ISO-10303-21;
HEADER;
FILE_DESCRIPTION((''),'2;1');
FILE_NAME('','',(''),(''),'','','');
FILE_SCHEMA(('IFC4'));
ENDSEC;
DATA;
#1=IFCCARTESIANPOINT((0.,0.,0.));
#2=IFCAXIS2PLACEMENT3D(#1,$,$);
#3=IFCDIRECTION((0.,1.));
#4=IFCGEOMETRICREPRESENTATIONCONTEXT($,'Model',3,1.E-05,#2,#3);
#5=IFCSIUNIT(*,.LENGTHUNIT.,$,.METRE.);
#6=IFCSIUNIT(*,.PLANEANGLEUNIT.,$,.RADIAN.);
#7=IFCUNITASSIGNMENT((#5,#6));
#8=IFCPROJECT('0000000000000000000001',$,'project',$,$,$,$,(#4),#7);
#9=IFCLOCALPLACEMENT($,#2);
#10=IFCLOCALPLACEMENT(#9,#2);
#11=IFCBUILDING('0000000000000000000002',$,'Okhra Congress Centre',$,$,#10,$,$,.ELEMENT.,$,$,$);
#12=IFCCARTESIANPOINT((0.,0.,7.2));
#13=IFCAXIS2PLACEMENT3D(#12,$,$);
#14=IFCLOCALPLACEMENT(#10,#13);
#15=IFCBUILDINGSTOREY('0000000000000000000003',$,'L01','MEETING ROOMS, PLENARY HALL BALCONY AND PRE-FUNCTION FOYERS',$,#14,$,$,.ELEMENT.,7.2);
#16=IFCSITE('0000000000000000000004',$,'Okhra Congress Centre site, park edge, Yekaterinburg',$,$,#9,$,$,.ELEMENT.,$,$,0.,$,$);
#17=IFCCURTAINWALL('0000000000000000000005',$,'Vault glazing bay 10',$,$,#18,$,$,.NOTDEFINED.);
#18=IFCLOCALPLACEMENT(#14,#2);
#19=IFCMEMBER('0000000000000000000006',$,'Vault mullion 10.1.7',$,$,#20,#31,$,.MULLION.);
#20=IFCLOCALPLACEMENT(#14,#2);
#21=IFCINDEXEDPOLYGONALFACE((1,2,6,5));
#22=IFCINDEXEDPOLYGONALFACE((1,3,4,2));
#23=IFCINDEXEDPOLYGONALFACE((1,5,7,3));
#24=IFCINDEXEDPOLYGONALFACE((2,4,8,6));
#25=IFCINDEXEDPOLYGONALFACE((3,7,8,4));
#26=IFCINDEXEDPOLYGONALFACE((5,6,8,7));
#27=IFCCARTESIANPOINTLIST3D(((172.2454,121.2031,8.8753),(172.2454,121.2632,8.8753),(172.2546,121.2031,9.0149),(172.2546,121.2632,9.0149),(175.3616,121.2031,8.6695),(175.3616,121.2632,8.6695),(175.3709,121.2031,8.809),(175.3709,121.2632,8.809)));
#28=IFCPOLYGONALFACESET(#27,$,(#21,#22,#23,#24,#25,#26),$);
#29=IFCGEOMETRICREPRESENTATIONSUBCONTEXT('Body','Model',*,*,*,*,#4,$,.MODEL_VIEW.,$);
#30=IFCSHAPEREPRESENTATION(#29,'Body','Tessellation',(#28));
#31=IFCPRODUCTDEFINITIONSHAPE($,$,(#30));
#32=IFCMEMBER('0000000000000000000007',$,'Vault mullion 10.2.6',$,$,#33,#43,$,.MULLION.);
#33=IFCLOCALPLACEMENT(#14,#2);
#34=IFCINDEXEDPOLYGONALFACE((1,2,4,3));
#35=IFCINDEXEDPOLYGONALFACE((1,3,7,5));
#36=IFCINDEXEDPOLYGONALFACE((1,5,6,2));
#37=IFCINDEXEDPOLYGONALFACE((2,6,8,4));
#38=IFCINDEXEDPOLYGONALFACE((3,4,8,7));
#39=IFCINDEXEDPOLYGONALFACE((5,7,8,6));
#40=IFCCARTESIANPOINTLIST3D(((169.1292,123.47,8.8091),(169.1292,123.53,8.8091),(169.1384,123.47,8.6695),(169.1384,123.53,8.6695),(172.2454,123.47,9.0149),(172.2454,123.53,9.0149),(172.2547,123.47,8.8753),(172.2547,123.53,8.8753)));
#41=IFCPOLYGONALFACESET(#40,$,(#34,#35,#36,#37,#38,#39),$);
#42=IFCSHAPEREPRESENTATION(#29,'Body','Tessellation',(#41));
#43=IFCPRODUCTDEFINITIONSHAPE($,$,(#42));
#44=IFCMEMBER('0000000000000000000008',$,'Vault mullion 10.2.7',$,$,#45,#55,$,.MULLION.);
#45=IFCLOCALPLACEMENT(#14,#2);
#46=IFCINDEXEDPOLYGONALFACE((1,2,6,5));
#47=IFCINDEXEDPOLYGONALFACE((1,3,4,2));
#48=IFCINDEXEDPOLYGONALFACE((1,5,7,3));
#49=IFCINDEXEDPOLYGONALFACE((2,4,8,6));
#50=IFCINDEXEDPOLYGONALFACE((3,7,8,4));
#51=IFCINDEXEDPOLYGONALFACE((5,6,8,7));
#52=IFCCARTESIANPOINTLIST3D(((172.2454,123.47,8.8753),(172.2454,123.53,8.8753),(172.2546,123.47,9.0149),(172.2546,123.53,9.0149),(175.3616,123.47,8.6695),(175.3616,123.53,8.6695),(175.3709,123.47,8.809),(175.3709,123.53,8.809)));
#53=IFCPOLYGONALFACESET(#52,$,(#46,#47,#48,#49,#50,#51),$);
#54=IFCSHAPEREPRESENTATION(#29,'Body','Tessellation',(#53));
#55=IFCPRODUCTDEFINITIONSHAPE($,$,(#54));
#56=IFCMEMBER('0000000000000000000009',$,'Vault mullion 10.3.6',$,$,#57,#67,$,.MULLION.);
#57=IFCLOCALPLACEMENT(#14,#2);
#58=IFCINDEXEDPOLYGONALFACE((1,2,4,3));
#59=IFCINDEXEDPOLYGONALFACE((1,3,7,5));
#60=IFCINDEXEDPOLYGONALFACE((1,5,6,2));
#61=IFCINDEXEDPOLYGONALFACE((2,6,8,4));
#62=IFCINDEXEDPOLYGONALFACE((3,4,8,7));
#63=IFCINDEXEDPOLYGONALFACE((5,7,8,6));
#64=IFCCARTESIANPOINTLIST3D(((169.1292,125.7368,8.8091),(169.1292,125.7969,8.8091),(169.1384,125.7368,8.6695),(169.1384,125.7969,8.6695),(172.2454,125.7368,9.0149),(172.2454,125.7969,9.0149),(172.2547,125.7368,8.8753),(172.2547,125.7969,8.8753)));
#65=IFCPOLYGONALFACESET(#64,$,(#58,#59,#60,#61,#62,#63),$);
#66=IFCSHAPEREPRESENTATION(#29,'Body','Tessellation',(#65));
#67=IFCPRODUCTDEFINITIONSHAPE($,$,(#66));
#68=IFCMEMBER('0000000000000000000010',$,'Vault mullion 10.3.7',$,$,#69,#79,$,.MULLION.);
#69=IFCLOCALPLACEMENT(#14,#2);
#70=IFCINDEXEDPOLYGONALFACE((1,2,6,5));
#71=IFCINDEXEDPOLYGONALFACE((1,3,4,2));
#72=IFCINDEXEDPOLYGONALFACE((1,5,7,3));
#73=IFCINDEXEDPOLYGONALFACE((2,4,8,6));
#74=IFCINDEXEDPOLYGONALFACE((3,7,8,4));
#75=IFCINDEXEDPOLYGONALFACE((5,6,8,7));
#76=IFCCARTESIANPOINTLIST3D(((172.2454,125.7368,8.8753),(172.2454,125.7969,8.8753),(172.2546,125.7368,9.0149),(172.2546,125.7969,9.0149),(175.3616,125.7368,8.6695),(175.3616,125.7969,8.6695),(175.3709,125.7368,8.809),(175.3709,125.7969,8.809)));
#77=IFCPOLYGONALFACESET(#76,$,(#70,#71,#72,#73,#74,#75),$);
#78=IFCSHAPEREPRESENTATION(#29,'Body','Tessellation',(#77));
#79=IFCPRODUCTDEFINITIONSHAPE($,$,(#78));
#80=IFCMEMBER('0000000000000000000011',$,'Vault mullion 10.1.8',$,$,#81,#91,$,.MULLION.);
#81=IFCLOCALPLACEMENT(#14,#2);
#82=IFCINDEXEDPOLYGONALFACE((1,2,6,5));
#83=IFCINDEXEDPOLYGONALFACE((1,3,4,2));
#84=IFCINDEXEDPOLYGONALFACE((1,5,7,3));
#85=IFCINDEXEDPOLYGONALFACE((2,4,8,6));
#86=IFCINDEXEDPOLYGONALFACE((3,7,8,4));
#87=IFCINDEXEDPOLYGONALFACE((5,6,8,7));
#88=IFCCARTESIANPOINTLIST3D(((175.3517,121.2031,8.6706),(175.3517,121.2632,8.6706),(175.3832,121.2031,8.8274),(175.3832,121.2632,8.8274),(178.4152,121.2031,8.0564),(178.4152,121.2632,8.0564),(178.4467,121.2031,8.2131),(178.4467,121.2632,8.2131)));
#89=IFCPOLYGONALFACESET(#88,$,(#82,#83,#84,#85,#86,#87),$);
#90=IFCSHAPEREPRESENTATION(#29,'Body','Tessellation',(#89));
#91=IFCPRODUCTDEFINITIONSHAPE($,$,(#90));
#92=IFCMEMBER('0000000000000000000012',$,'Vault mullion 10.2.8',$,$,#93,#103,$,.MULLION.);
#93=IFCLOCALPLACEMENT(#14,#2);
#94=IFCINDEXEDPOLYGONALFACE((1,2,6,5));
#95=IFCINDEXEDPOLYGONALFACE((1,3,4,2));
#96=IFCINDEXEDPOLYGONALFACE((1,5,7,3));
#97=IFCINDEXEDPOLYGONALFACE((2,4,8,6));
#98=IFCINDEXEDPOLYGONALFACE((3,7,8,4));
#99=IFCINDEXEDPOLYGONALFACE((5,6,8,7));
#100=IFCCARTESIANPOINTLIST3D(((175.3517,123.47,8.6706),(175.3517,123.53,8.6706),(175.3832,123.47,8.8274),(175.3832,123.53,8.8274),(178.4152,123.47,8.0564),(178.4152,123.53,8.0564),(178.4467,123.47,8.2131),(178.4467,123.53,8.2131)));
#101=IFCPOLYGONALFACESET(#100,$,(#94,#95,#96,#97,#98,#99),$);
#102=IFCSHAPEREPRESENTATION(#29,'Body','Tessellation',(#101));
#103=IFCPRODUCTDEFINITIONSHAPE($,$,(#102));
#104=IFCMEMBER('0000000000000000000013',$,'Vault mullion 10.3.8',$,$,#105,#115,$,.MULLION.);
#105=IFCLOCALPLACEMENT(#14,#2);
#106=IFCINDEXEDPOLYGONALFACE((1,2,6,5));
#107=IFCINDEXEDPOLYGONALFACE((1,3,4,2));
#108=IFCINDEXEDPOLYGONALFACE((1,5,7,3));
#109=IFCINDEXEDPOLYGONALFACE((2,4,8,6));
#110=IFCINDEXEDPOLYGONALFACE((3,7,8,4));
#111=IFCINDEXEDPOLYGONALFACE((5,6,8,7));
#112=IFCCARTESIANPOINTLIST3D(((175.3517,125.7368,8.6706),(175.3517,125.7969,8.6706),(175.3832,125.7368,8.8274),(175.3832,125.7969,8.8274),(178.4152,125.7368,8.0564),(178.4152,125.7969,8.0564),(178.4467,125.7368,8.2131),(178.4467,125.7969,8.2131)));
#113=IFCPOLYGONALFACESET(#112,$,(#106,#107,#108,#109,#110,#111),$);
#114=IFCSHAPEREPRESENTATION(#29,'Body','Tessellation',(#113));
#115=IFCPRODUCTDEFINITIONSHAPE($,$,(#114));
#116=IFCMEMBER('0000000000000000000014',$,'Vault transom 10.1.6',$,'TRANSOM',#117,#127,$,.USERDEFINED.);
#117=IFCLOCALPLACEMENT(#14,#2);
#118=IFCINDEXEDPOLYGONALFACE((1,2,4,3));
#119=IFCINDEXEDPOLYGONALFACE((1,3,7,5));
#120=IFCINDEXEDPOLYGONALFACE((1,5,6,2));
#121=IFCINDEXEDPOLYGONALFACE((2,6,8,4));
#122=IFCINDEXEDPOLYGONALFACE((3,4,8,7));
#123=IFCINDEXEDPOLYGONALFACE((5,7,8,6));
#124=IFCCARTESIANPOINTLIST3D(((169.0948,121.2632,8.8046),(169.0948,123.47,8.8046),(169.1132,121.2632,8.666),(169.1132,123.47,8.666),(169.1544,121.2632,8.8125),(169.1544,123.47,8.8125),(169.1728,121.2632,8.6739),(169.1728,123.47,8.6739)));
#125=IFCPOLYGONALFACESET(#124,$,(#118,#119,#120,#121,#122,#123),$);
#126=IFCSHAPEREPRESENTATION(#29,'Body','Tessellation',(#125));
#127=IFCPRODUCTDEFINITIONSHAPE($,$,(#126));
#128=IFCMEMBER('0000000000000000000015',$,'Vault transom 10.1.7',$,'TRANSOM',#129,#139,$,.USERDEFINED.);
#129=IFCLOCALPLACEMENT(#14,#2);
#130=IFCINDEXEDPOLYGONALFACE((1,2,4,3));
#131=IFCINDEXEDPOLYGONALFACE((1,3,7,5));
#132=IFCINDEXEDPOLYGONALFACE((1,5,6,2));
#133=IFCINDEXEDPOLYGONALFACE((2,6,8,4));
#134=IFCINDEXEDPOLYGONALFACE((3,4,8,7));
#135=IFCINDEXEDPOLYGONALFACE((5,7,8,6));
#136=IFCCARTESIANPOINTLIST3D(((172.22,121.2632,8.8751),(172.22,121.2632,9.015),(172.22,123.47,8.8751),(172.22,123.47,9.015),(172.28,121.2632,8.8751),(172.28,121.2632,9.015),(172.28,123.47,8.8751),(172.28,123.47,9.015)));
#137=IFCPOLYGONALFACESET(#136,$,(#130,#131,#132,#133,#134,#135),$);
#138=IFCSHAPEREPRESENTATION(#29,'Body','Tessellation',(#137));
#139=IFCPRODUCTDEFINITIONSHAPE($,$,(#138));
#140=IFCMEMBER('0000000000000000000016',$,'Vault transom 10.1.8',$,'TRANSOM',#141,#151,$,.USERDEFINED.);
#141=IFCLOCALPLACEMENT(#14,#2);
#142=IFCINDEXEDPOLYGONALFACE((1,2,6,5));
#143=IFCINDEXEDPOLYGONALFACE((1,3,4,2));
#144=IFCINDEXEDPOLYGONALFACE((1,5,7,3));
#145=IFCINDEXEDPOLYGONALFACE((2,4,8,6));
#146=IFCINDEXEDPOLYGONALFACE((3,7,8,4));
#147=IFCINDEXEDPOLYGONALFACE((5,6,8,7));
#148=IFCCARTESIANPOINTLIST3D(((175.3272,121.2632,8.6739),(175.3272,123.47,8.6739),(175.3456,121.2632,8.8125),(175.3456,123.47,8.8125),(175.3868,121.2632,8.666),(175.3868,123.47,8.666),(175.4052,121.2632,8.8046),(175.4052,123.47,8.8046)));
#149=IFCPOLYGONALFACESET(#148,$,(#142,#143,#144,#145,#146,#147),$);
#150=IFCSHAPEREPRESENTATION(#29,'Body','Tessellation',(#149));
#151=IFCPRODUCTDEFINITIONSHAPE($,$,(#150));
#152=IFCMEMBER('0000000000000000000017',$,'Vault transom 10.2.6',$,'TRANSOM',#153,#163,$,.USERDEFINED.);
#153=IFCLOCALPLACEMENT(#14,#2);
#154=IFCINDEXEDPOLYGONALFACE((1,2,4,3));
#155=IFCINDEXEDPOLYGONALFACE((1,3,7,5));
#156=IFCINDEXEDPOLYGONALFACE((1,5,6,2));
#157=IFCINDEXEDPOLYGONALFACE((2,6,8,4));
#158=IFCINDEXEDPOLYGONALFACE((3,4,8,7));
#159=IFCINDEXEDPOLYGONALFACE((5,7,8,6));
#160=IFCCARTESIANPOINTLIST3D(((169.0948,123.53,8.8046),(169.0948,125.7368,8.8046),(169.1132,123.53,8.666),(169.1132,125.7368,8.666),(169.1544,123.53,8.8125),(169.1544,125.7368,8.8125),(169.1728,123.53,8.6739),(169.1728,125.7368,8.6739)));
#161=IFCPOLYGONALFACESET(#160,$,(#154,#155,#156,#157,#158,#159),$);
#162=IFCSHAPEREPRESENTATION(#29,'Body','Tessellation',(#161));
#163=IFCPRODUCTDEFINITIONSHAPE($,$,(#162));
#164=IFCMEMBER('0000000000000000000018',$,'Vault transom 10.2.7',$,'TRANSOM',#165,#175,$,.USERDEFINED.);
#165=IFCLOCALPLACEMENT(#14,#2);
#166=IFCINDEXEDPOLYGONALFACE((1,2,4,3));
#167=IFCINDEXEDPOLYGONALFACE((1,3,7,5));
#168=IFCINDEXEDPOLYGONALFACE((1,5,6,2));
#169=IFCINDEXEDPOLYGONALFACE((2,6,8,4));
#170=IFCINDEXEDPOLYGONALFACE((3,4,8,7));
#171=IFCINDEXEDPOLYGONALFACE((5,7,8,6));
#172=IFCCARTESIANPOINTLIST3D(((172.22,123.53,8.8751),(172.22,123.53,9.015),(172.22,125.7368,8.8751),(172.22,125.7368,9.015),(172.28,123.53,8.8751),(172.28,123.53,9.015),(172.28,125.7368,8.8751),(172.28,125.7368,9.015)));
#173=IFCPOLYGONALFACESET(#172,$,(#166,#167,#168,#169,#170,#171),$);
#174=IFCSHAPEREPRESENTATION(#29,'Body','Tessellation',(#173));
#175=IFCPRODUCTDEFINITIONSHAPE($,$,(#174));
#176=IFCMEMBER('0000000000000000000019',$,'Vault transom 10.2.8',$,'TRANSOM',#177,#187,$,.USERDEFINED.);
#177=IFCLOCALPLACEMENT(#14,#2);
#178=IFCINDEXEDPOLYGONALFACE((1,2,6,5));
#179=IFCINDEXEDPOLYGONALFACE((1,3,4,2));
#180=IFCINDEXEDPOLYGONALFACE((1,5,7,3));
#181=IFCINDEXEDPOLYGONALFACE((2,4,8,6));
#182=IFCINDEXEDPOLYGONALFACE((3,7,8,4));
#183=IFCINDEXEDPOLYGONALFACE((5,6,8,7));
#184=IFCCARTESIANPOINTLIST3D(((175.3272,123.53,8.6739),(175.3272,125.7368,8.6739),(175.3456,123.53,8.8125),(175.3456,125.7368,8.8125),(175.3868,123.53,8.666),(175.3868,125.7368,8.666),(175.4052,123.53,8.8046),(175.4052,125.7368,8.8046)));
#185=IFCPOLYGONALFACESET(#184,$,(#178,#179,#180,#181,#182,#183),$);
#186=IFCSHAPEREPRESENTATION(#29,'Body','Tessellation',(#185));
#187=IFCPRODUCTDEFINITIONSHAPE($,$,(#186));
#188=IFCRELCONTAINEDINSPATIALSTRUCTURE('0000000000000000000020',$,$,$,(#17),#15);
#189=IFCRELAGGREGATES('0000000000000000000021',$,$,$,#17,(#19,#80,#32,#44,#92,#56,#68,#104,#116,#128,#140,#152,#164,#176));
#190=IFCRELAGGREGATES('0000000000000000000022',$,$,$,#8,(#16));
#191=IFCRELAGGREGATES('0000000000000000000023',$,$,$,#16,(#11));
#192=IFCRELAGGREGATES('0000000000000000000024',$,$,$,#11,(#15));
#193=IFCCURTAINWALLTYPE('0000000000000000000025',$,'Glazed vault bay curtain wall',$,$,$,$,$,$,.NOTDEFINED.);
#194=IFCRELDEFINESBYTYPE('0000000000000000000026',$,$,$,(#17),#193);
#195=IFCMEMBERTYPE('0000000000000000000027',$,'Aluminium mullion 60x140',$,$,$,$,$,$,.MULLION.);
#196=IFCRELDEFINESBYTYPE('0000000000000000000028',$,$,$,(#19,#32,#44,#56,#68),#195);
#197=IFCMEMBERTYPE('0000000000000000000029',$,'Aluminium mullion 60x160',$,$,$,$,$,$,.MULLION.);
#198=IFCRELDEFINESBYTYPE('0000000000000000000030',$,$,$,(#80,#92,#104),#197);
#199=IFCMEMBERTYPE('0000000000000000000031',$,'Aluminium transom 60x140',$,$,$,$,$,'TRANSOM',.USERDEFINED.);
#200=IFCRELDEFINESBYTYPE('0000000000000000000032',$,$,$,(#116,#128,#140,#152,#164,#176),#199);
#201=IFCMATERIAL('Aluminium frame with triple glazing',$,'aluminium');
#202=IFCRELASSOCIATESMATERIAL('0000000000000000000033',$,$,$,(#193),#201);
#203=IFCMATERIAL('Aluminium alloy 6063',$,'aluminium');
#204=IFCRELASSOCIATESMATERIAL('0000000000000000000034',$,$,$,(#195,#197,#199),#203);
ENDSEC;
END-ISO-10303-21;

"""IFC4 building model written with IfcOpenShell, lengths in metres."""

from ifc_helpers import new_model, si_unit, direction, frame, origin, origin_2d, place, context, subcontext, project, spatial, rectangle, extrude, material, material_profile, profile_set, type_object, element, aggregate, save


model = new_model("IFC4")

# Units and contexts
model_context = context("Model", 3, precision=1e-05, world=origin(), true_north=direction((0.0, 1.0)))
body_context = subcontext(model_context, "Body", "Model", "MODEL_VIEW")
ifc_project = project(units=[si_unit("LENGTHUNIT", "METRE"), si_unit("PLANEANGLEUNIT", "RADIAN")], contexts=[model_context])

# Site, building, storey
site_placement = place(None, origin())
site = spatial("IfcSite", under=ifc_project, at=site_placement, Name="Okhra Congress Centre site, park edge, Yekaterinburg", CompositionType="ELEMENT", RefElevation=0.0)
building_placement = place(site_placement, origin())
building = spatial("IfcBuilding", under=site, at=building_placement, Name="Okhra Congress Centre", CompositionType="ELEMENT")
storey_placement = place(building_placement, frame((0.0, 0.0, 7.2)))
storey = spatial("IfcBuildingStorey", under=building, at=storey_placement, Name="L01", Description="MEETING ROOMS, PLENARY HALL BALCONY AND PRE-FUNCTION FOYERS", CompositionType="ELEMENT", Elevation=7.2)

# Curtain wall, members
ifc_material_1 = material(Name="Aluminium frame with triple glazing", Category="aluminium")
curtain_wall_type = type_object("IfcCurtainWallType", Name="Glazed vault bay curtain wall", PredefinedType="NOTDEFINED", material=ifc_material_1)
curtain_wall_placement = place(storey_placement, origin())
curtain_wall = element("IfcCurtainWall", 1, at=curtain_wall_placement, inside=storey, type_object=curtain_wall_type, Name="Vault glazing bay 10", PredefinedType="NOTDEFINED")
ifc_material_2 = material(Name="Aluminium alloy 6063", Category="aluminium")
ifc_material_profile_1 = material_profile(ifc_material_2, rectangle(XDim=0.0601, YDim=0.1399, at=origin_2d()), Name="AL 60x140")
ifc_profile_set_1 = profile_set([ifc_material_profile_1], Name="Aluminium alloy 6063")
member_type_1 = type_object("IfcMemberType", Name="Aluminium mullion 60x140", PredefinedType="MULLION", material=ifc_profile_set_1)
member_1_placement = place(storey_placement, frame((172.25, 121.2332, 8.9451), z_axis=(0.997826, 0.0, -0.065902), x_axis=(0.0, 1.0, 0.0)))
member_1 = element("IfcMember", 2, at=member_1_placement, type_object=member_type_1, Name="Vault mullion 10.1.7", PredefinedType="MULLION", context=body_context, shape_type="SweptSolid", body=[
    extrude(rectangle(XDim=0.0601, YDim=0.1399, at=origin_2d()), origin(), (0.0, 0.0, 1.0), 3.123),
])
member_2_placement = place(storey_placement, frame((169.1338, 123.5, 8.7393), z_axis=(0.997826, 0.0, 0.065902), x_axis=(0.0, 1.0, 0.0)))
member_2 = element("IfcMember", 3, at=member_2_placement, type_object=member_type_1, Name="Vault mullion 10.2.6", PredefinedType="MULLION", context=body_context, shape_type="SweptSolid", body=[
    extrude(rectangle(XDim=0.0601, YDim=0.1399, at=origin_2d()), origin(), (0.0, 0.0, 1.0), 3.123),
])
member_3_placement = place(storey_placement, frame((172.25, 123.5, 8.9451), z_axis=(0.997826, 0.0, -0.065902), x_axis=(0.0, 1.0, 0.0)))
member_3 = element("IfcMember", 4, at=member_3_placement, type_object=member_type_1, Name="Vault mullion 10.2.7", PredefinedType="MULLION", context=body_context, shape_type="SweptSolid", body=[
    extrude(rectangle(XDim=0.0601, YDim=0.1399, at=origin_2d()), origin(), (0.0, 0.0, 1.0), 3.123),
])
member_4_placement = place(storey_placement, frame((169.1338, 125.7668, 8.7393), z_axis=(0.997826, 0.0, 0.065902), x_axis=(0.0, 1.0, 0.0)))
member_4 = element("IfcMember", 5, at=member_4_placement, type_object=member_type_1, Name="Vault mullion 10.3.6", PredefinedType="MULLION", context=body_context, shape_type="SweptSolid", body=[
    extrude(rectangle(XDim=0.0601, YDim=0.1399, at=origin_2d()), origin(), (0.0, 0.0, 1.0), 3.123),
])
member_5_placement = place(storey_placement, frame((172.25, 125.7668, 8.9451), z_axis=(0.997826, 0.0, -0.065902), x_axis=(0.0, 1.0, 0.0)))
member_5 = element("IfcMember", 6, at=member_5_placement, type_object=member_type_1, Name="Vault mullion 10.3.7", PredefinedType="MULLION", context=body_context, shape_type="SweptSolid", body=[
    extrude(rectangle(XDim=0.0601, YDim=0.1399, at=origin_2d()), origin(), (0.0, 0.0, 1.0), 3.123),
])
ifc_material_profile_2 = material_profile(ifc_material_2, rectangle(XDim=0.0601, YDim=0.1599, at=origin_2d()), Name="AL 60x160")
ifc_profile_set_2 = profile_set([ifc_material_profile_2], Name="Aluminium alloy 6063")
member_type_2 = type_object("IfcMemberType", Name="Aluminium mullion 60x160", PredefinedType="MULLION", material=ifc_profile_set_2)
member_6_placement = place(storey_placement, frame((175.3674, 121.2332, 8.749), z_axis=(0.980484, 0.0, -0.196597), x_axis=(0.0, 1.0, 0.0)))
member_6 = element("IfcMember", 7, at=member_6_placement, type_object=member_type_2, Name="Vault mullion 10.1.8", PredefinedType="MULLION", context=body_context, shape_type="SweptSolid", body=[
    extrude(rectangle(XDim=0.0601, YDim=0.1599, at=origin_2d()), origin(), (0.0, 0.0, 1.0), 3.1245),
])
member_7_placement = place(storey_placement, frame((175.3674, 123.5, 8.749), z_axis=(0.980484, 0.0, -0.196597), x_axis=(0.0, 1.0, 0.0)))
member_7 = element("IfcMember", 8, at=member_7_placement, type_object=member_type_2, Name="Vault mullion 10.2.8", PredefinedType="MULLION", context=body_context, shape_type="SweptSolid", body=[
    extrude(rectangle(XDim=0.0601, YDim=0.1599, at=origin_2d()), origin(), (0.0, 0.0, 1.0), 3.1245),
])
member_8_placement = place(storey_placement, frame((175.3674, 125.7668, 8.749), z_axis=(0.980484, 0.0, -0.196597), x_axis=(0.0, 1.0, 0.0)))
member_8 = element("IfcMember", 9, at=member_8_placement, type_object=member_type_2, Name="Vault mullion 10.3.8", PredefinedType="MULLION", context=body_context, shape_type="SweptSolid", body=[
    extrude(rectangle(XDim=0.0601, YDim=0.1599, at=origin_2d()), origin(), (0.0, 0.0, 1.0), 3.1245),
])
ifc_material_profile_3 = material_profile(ifc_material_2, rectangle(XDim=0.0601, YDim=0.1399, at=origin_2d()), Name="AL 60x140 transom")
ifc_profile_set_3 = profile_set([ifc_material_profile_3], Name="Aluminium alloy 6063")
member_type_3 = type_object("IfcMemberType", Name="Aluminium transom 60x140", ElementType="TRANSOM", PredefinedType="USERDEFINED", material=ifc_profile_set_3)
member_9_placement = place(storey_placement, frame((169.1338, 121.2632, 8.7393), z_axis=(0.0, 1.0, 0.0), x_axis=(-0.991307, 0.0, -0.131568)))
member_9 = element("IfcMember", 10, at=member_9_placement, type_object=member_type_3, Name="Vault transom 10.1.6", ObjectType="TRANSOM", PredefinedType="USERDEFINED", context=body_context, shape_type="SweptSolid", body=[
    extrude(rectangle(XDim=0.0601, YDim=0.1399, at=origin_2d()), origin(), (0.0, 0.0, 1.0), 2.2068),
])
member_10_placement = place(storey_placement, frame((172.25, 121.2632, 8.9451), z_axis=(0.0, 1.0, 0.0), x_axis=(-1.0, 0.0, 0.0)))
member_10 = element("IfcMember", 11, at=member_10_placement, type_object=member_type_3, Name="Vault transom 10.1.7", ObjectType="TRANSOM", PredefinedType="USERDEFINED", context=body_context, shape_type="SweptSolid", body=[
    extrude(rectangle(XDim=0.0601, YDim=0.1399, at=origin_2d()), origin(), (0.0, 0.0, 1.0), 2.2068),
])
member_11_placement = place(storey_placement, frame((175.3662, 121.2632, 8.7393), z_axis=(0.0, 1.0, 0.0), x_axis=(-0.991307, 0.0, 0.131568)))
member_11 = element("IfcMember", 12, at=member_11_placement, type_object=member_type_3, Name="Vault transom 10.1.8", ObjectType="TRANSOM", PredefinedType="USERDEFINED", context=body_context, shape_type="SweptSolid", body=[
    extrude(rectangle(XDim=0.0601, YDim=0.1399, at=origin_2d()), origin(), (0.0, 0.0, 1.0), 2.2068),
])
member_12_placement = place(storey_placement, frame((169.1338, 123.53, 8.7393), z_axis=(0.0, 1.0, 0.0), x_axis=(-0.991307, 0.0, -0.131568)))
member_12 = element("IfcMember", 13, at=member_12_placement, type_object=member_type_3, Name="Vault transom 10.2.6", ObjectType="TRANSOM", PredefinedType="USERDEFINED", context=body_context, shape_type="SweptSolid", body=[
    extrude(rectangle(XDim=0.0601, YDim=0.1399, at=origin_2d()), origin(), (0.0, 0.0, 1.0), 2.2068),
])
member_13_placement = place(storey_placement, frame((172.25, 123.53, 8.9451), z_axis=(0.0, 1.0, 0.0), x_axis=(-1.0, 0.0, 0.0)))
member_13 = element("IfcMember", 14, at=member_13_placement, type_object=member_type_3, Name="Vault transom 10.2.7", ObjectType="TRANSOM", PredefinedType="USERDEFINED", context=body_context, shape_type="SweptSolid", body=[
    extrude(rectangle(XDim=0.0601, YDim=0.1399, at=origin_2d()), origin(), (0.0, 0.0, 1.0), 2.2068),
])
member_14_placement = place(storey_placement, frame((175.3662, 123.53, 8.7393), z_axis=(0.0, 1.0, 0.0), x_axis=(-0.991307, 0.0, 0.131568)))
member_14 = element("IfcMember", 15, at=member_14_placement, type_object=member_type_3, Name="Vault transom 10.2.8", ObjectType="TRANSOM", PredefinedType="USERDEFINED", context=body_context, shape_type="SweptSolid", body=[
    extrude(rectangle(XDim=0.0601, YDim=0.1399, at=origin_2d()), origin(), (0.0, 0.0, 1.0), 2.2068),
])
aggregate(curtain_wall, [member_1, member_6, member_2, member_3, member_7, member_4, member_5, member_8, member_9, member_10, member_11, member_12, member_13, member_14])

save(model, "model.ifc")
